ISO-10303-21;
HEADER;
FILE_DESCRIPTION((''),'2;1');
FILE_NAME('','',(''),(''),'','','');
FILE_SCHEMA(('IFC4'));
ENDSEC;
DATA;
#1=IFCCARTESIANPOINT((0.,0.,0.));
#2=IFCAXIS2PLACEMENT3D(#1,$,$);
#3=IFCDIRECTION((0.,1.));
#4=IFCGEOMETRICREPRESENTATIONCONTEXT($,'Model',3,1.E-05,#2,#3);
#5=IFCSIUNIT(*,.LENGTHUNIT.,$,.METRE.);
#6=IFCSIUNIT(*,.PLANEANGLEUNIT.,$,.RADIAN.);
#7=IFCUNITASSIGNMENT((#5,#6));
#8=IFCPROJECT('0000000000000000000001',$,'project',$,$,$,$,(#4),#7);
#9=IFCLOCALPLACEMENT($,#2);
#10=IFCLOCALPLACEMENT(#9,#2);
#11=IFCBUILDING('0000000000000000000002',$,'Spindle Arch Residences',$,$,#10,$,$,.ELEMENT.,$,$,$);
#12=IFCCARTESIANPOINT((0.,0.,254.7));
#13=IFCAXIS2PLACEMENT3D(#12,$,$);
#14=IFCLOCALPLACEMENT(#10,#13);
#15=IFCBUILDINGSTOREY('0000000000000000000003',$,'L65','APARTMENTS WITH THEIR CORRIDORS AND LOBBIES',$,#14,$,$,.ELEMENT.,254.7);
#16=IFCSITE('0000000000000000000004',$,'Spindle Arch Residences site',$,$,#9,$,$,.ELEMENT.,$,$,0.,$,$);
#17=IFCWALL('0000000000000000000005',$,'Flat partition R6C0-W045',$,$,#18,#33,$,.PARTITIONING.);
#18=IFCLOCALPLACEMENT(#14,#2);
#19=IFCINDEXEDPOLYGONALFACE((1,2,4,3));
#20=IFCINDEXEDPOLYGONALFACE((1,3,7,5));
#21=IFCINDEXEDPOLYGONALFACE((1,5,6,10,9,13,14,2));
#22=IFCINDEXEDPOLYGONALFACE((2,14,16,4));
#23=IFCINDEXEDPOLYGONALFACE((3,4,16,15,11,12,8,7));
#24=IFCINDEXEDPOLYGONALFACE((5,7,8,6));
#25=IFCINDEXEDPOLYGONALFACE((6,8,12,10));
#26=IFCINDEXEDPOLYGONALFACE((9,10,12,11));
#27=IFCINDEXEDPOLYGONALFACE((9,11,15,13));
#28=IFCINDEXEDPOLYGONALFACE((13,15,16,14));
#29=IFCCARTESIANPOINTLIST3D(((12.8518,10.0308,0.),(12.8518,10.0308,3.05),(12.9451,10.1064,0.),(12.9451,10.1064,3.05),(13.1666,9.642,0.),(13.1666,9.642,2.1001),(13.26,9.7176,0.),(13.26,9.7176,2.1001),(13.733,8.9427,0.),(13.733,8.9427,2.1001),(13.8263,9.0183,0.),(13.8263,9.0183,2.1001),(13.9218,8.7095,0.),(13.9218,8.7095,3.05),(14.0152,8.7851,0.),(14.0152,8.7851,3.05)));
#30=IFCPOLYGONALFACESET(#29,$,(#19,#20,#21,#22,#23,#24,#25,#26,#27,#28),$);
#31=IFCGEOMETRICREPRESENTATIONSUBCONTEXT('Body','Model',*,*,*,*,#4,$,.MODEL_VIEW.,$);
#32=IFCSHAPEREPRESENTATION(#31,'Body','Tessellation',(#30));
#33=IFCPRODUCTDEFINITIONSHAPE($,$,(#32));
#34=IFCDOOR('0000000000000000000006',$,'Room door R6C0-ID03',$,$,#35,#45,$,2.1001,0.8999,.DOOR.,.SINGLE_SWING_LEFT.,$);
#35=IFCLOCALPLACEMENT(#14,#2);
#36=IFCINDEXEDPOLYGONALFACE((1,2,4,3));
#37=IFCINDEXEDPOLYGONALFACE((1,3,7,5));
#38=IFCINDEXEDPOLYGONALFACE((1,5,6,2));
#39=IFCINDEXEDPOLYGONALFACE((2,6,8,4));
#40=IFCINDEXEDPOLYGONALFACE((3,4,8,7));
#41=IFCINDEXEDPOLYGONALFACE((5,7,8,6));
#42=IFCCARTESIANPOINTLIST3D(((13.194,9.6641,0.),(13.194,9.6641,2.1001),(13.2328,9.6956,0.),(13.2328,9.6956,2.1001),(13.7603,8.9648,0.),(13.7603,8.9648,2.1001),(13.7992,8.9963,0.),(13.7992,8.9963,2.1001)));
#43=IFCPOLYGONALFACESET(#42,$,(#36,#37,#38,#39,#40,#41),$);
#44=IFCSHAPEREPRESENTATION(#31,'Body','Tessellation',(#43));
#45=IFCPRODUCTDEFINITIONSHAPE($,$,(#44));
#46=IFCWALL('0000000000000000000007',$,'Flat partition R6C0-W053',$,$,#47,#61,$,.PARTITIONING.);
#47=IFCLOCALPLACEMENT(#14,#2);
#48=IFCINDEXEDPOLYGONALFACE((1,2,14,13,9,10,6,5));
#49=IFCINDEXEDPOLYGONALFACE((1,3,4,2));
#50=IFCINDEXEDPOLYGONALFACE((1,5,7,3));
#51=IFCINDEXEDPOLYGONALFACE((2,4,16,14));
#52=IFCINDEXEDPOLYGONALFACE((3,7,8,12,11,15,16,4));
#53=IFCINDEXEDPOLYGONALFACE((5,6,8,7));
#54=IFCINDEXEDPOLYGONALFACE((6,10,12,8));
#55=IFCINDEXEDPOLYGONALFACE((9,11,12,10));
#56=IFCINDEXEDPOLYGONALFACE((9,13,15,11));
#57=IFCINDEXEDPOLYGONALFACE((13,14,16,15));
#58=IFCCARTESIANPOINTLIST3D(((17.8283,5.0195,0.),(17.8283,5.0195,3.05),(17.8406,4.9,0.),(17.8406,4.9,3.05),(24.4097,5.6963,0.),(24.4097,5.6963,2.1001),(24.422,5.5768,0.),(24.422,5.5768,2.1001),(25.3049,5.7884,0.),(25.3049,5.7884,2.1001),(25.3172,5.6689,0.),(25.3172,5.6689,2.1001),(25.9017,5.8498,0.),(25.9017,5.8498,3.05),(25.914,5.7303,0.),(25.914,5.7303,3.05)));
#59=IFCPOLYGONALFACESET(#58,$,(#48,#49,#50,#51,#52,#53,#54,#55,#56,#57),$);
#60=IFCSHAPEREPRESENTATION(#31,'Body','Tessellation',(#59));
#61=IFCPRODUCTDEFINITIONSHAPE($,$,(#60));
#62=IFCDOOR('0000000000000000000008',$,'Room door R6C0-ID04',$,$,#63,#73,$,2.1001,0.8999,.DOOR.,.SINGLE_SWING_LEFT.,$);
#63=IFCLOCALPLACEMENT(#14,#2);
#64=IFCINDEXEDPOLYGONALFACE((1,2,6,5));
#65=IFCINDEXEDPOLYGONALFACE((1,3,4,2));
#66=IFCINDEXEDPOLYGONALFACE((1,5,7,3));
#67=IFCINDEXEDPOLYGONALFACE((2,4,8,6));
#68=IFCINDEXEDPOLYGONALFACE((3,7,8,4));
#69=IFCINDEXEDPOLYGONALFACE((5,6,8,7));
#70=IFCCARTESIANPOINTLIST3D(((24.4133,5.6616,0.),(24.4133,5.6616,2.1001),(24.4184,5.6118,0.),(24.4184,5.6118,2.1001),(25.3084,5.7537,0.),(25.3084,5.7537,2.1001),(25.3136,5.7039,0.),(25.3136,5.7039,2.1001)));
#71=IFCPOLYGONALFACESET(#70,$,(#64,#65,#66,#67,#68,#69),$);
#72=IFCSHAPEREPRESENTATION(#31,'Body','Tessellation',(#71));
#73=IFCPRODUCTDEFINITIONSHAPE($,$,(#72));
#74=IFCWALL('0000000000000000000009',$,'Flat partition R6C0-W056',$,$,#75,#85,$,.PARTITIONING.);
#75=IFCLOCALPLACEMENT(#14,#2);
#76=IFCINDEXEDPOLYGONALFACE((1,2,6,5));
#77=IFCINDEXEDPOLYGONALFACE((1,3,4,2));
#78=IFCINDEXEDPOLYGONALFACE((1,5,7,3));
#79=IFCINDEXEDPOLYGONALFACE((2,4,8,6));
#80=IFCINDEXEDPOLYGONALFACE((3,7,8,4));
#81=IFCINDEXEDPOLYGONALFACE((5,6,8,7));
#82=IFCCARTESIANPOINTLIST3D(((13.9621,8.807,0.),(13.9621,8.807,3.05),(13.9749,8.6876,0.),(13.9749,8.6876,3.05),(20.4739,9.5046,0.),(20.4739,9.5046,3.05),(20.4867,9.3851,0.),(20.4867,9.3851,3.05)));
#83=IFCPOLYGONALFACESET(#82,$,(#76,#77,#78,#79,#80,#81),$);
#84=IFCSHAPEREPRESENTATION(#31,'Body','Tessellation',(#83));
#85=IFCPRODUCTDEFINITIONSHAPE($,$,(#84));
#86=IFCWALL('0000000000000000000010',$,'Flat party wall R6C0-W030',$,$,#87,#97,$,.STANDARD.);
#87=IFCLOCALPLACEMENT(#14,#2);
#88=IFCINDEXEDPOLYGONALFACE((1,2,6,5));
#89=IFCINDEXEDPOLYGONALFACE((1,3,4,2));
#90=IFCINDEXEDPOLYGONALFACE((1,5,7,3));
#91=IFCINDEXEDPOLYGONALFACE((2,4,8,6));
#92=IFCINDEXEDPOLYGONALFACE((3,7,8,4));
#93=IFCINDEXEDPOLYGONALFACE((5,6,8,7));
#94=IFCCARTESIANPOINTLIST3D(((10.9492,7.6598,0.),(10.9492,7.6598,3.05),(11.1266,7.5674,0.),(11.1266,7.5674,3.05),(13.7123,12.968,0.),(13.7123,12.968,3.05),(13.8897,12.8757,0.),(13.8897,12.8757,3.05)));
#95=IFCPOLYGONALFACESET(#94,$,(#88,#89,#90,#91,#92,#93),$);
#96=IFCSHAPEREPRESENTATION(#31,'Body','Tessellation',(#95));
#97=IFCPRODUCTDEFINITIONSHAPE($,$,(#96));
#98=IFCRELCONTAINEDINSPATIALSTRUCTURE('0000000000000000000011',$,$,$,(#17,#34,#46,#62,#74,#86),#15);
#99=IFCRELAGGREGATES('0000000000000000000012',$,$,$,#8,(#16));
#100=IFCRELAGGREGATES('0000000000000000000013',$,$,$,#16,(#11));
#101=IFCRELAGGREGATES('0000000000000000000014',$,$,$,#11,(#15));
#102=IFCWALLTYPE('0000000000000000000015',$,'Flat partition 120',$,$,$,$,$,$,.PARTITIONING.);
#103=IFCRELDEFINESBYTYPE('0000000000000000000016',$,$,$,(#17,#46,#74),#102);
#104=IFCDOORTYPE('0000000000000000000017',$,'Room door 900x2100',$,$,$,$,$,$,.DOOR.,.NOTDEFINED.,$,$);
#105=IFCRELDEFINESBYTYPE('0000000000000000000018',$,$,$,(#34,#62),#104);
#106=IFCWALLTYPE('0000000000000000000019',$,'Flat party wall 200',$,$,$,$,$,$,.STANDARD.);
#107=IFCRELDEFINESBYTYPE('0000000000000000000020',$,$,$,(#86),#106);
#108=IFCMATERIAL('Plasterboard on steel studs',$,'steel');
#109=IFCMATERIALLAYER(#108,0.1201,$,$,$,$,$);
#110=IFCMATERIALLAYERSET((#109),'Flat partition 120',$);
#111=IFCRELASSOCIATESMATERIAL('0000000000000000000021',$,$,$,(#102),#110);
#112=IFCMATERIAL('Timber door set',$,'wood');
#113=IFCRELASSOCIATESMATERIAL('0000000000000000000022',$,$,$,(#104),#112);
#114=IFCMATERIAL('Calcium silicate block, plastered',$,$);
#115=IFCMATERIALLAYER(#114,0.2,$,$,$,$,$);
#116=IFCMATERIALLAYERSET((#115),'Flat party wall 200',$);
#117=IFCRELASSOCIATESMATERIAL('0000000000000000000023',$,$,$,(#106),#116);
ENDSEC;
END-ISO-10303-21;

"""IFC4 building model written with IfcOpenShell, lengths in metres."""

from ifc_helpers import new_model, si_unit, direction, frame, frame_2d, origin, place, context, subcontext, project, spatial, rectangle, extrude, material, layer, layer_set, type_object, element, fill, save


model = new_model("IFC4")

# Units and contexts
model_context = context("Model", 3, precision=1e-05, world=origin(), true_north=direction((0.0, 1.0)))
body_context = subcontext(model_context, "Body", "Model", "MODEL_VIEW")
ifc_project = project(units=[si_unit("LENGTHUNIT", "METRE"), si_unit("PLANEANGLEUNIT", "RADIAN")], contexts=[model_context])

# Site, building, storey
site_placement = place(None, origin())
site = spatial("IfcSite", under=ifc_project, at=site_placement, Name="Spindle Arch Residences site", CompositionType="ELEMENT", RefElevation=0.0)
building_placement = place(site_placement, origin())
building = spatial("IfcBuilding", under=site, at=building_placement, Name="Spindle Arch Residences", CompositionType="ELEMENT")
storey_placement = place(building_placement, frame((0.0, 0.0, 254.7)))
storey = spatial("IfcBuildingStorey", under=building, at=storey_placement, Name="L65", Description="APARTMENTS WITH THEIR CORRIDORS AND LOBBIES", CompositionType="ELEMENT", Elevation=254.7)

# Walls, openings, doors
ifc_material_1 = material(Name="Plasterboard on steel studs", Category="steel")
ifc_layer_1 = layer(ifc_material_1, 0.1201)
ifc_layer_set_1 = layer_set([ifc_layer_1], Name="Flat partition 120")
wall_type_1 = type_object("IfcWallType", Name="Flat partition 120", PredefinedType="PARTITIONING", material=ifc_layer_set_1)
wall_1_placement = place(storey_placement, frame((13.9685, 8.7473, 0.0), z_axis=(0.0, 0.0, 1.0), x_axis=(-0.629359, 0.777114, 0.0)))
wall_1 = element("IfcWall", 1, at=wall_1_placement, inside=storey, type_object=wall_type_1, Name="Flat partition R6C0-W045", PredefinedType="PARTITIONING", context=body_context, shape_type="SweptSolid", body=[
    extrude(rectangle(XDim=1.7002, YDim=0.1201, at=frame_2d((0.8501, 0.0))), origin(), (0.0, 0.0, 1.0), 3.05),
])
opening_1_placement = place(wall_1_placement, frame((0.3, 0.0, 0.0)))
opening_1 = element("IfcOpeningElement", 2, at=opening_1_placement, cuts=wall_1, PredefinedType="OPENING", context=body_context, shape_type="SweptSolid", body=[
    extrude(rectangle(XDim=0.8999, YDim=2.1001, at=frame_2d((0.45, 1.05))), frame((0.0, 0.0701, 0.0), z_axis=(0.0, -1.0, 0.0), x_axis=(1.0, 0.0, 0.0)), (0.0, 0.0, 1.0), 0.1401),
])
ifc_material_2 = material(Name="Timber door set", Category="wood")
door_type = type_object("IfcDoorType", Name="Room door 900x2100", OperationType="NOTDEFINED", PredefinedType="DOOR", material=ifc_material_2)
door_1_placement = place(opening_1_placement, origin())
door_1 = element("IfcDoor", 3, at=door_1_placement, inside=storey, type_object=door_type, Name="Room door R6C0-ID03", OperationType="SINGLE_SWING_LEFT", OverallHeight=2.1001, OverallWidth=0.8999, PredefinedType="DOOR", context=body_context, shape_type="SweptSolid", body=[
    extrude(rectangle(XDim=0.8999, YDim=2.1001, at=frame_2d((0.45, 1.05))), frame((0.0, 0.0249, 0.0), z_axis=(0.0, -1.0, 0.0), x_axis=(1.0, 0.0, 0.0)), (0.0, 0.0, 1.0), 0.05),
])
fill(opening_1, door_1)
wall_2_placement = place(storey_placement, frame((25.908, 5.79, 0.0), z_axis=(0.0, 0.0, 1.0), x_axis=(-0.994753, -0.102306, 0.0)))
wall_2 = element("IfcWall", 4, at=wall_2_placement, inside=storey, type_object=wall_type_1, Name="Flat partition R6C0-W053", PredefinedType="PARTITIONING", context=body_context, shape_type="SweptSolid", body=[
    extrude(rectangle(XDim=8.116, YDim=0.1201, at=frame_2d((4.0581, 0.0))), origin(), (0.0, 0.0, 1.0), 3.05),
])
opening_2_placement = place(wall_2_placement, frame((0.6001, 0.0, 0.0)))
opening_2 = element("IfcOpeningElement", 5, at=opening_2_placement, cuts=wall_2, PredefinedType="OPENING", context=body_context, shape_type="SweptSolid", body=[
    extrude(rectangle(XDim=0.8999, YDim=2.1001, at=frame_2d((0.45, 1.05))), frame((0.0, 0.0701, 0.0), z_axis=(0.0, -1.0, 0.0), x_axis=(1.0, 0.0, 0.0)), (0.0, 0.0, 1.0), 0.1401),
])
door_2_placement = place(opening_2_placement, origin())
door_2 = element("IfcDoor", 6, at=door_2_placement, inside=storey, type_object=door_type, Name="Room door R6C0-ID04", OperationType="SINGLE_SWING_LEFT", OverallHeight=2.1001, OverallWidth=0.8999, PredefinedType="DOOR", context=body_context, shape_type="SweptSolid", body=[
    extrude(rectangle(XDim=0.8999, YDim=2.1001, at=frame_2d((0.45, 1.05))), frame((0.0, 0.0249, 0.0), z_axis=(0.0, -1.0, 0.0), x_axis=(1.0, 0.0, 0.0)), (0.0, 0.0, 1.0), 0.05),
])
fill(opening_2, door_2)

# Walls
wall_3_placement = place(storey_placement, frame((20.4802, 9.4448, 0.0), z_axis=(0.0, 0.0, 1.0), x_axis=(-0.994312, -0.106507, 0.0)))
element("IfcWall", 7, at=wall_3_placement, inside=storey, type_object=wall_type_1, Name="Flat partition R6C0-W056", PredefinedType="PARTITIONING", context=body_context, shape_type="SweptSolid", body=[
    extrude(rectangle(XDim=6.5491, YDim=0.1201, at=frame_2d((3.2744, 0.0))), origin(), (0.0, 0.0, 1.0), 3.05),
])
ifc_material_3 = material(Name="Calcium silicate block, plastered")
ifc_layer_2 = layer(ifc_material_3, 0.2)
ifc_layer_set_2 = layer_set([ifc_layer_2], Name="Flat party wall 200")
wall_type_2 = type_object("IfcWallType", Name="Flat party wall 200", PredefinedType="STANDARD", material=ifc_layer_set_2)
wall_4_placement = place(storey_placement, frame((13.801, 12.9219, 0.0), z_axis=(0.0, 0.0, 1.0), x_axis=(-0.461726, -0.887022, 0.0)))
element("IfcWall", 8, at=wall_4_placement, inside=storey, type_object=wall_type_2, Name="Flat party wall R6C0-W030", PredefinedType="STANDARD", context=body_context, shape_type="SweptSolid", body=[
    extrude(rectangle(XDim=5.9844, YDim=0.2, at=frame_2d((2.9922, 0.0))), origin(), (0.0, 0.0, 1.0), 3.05),
])

save(model, "model.ifc")
